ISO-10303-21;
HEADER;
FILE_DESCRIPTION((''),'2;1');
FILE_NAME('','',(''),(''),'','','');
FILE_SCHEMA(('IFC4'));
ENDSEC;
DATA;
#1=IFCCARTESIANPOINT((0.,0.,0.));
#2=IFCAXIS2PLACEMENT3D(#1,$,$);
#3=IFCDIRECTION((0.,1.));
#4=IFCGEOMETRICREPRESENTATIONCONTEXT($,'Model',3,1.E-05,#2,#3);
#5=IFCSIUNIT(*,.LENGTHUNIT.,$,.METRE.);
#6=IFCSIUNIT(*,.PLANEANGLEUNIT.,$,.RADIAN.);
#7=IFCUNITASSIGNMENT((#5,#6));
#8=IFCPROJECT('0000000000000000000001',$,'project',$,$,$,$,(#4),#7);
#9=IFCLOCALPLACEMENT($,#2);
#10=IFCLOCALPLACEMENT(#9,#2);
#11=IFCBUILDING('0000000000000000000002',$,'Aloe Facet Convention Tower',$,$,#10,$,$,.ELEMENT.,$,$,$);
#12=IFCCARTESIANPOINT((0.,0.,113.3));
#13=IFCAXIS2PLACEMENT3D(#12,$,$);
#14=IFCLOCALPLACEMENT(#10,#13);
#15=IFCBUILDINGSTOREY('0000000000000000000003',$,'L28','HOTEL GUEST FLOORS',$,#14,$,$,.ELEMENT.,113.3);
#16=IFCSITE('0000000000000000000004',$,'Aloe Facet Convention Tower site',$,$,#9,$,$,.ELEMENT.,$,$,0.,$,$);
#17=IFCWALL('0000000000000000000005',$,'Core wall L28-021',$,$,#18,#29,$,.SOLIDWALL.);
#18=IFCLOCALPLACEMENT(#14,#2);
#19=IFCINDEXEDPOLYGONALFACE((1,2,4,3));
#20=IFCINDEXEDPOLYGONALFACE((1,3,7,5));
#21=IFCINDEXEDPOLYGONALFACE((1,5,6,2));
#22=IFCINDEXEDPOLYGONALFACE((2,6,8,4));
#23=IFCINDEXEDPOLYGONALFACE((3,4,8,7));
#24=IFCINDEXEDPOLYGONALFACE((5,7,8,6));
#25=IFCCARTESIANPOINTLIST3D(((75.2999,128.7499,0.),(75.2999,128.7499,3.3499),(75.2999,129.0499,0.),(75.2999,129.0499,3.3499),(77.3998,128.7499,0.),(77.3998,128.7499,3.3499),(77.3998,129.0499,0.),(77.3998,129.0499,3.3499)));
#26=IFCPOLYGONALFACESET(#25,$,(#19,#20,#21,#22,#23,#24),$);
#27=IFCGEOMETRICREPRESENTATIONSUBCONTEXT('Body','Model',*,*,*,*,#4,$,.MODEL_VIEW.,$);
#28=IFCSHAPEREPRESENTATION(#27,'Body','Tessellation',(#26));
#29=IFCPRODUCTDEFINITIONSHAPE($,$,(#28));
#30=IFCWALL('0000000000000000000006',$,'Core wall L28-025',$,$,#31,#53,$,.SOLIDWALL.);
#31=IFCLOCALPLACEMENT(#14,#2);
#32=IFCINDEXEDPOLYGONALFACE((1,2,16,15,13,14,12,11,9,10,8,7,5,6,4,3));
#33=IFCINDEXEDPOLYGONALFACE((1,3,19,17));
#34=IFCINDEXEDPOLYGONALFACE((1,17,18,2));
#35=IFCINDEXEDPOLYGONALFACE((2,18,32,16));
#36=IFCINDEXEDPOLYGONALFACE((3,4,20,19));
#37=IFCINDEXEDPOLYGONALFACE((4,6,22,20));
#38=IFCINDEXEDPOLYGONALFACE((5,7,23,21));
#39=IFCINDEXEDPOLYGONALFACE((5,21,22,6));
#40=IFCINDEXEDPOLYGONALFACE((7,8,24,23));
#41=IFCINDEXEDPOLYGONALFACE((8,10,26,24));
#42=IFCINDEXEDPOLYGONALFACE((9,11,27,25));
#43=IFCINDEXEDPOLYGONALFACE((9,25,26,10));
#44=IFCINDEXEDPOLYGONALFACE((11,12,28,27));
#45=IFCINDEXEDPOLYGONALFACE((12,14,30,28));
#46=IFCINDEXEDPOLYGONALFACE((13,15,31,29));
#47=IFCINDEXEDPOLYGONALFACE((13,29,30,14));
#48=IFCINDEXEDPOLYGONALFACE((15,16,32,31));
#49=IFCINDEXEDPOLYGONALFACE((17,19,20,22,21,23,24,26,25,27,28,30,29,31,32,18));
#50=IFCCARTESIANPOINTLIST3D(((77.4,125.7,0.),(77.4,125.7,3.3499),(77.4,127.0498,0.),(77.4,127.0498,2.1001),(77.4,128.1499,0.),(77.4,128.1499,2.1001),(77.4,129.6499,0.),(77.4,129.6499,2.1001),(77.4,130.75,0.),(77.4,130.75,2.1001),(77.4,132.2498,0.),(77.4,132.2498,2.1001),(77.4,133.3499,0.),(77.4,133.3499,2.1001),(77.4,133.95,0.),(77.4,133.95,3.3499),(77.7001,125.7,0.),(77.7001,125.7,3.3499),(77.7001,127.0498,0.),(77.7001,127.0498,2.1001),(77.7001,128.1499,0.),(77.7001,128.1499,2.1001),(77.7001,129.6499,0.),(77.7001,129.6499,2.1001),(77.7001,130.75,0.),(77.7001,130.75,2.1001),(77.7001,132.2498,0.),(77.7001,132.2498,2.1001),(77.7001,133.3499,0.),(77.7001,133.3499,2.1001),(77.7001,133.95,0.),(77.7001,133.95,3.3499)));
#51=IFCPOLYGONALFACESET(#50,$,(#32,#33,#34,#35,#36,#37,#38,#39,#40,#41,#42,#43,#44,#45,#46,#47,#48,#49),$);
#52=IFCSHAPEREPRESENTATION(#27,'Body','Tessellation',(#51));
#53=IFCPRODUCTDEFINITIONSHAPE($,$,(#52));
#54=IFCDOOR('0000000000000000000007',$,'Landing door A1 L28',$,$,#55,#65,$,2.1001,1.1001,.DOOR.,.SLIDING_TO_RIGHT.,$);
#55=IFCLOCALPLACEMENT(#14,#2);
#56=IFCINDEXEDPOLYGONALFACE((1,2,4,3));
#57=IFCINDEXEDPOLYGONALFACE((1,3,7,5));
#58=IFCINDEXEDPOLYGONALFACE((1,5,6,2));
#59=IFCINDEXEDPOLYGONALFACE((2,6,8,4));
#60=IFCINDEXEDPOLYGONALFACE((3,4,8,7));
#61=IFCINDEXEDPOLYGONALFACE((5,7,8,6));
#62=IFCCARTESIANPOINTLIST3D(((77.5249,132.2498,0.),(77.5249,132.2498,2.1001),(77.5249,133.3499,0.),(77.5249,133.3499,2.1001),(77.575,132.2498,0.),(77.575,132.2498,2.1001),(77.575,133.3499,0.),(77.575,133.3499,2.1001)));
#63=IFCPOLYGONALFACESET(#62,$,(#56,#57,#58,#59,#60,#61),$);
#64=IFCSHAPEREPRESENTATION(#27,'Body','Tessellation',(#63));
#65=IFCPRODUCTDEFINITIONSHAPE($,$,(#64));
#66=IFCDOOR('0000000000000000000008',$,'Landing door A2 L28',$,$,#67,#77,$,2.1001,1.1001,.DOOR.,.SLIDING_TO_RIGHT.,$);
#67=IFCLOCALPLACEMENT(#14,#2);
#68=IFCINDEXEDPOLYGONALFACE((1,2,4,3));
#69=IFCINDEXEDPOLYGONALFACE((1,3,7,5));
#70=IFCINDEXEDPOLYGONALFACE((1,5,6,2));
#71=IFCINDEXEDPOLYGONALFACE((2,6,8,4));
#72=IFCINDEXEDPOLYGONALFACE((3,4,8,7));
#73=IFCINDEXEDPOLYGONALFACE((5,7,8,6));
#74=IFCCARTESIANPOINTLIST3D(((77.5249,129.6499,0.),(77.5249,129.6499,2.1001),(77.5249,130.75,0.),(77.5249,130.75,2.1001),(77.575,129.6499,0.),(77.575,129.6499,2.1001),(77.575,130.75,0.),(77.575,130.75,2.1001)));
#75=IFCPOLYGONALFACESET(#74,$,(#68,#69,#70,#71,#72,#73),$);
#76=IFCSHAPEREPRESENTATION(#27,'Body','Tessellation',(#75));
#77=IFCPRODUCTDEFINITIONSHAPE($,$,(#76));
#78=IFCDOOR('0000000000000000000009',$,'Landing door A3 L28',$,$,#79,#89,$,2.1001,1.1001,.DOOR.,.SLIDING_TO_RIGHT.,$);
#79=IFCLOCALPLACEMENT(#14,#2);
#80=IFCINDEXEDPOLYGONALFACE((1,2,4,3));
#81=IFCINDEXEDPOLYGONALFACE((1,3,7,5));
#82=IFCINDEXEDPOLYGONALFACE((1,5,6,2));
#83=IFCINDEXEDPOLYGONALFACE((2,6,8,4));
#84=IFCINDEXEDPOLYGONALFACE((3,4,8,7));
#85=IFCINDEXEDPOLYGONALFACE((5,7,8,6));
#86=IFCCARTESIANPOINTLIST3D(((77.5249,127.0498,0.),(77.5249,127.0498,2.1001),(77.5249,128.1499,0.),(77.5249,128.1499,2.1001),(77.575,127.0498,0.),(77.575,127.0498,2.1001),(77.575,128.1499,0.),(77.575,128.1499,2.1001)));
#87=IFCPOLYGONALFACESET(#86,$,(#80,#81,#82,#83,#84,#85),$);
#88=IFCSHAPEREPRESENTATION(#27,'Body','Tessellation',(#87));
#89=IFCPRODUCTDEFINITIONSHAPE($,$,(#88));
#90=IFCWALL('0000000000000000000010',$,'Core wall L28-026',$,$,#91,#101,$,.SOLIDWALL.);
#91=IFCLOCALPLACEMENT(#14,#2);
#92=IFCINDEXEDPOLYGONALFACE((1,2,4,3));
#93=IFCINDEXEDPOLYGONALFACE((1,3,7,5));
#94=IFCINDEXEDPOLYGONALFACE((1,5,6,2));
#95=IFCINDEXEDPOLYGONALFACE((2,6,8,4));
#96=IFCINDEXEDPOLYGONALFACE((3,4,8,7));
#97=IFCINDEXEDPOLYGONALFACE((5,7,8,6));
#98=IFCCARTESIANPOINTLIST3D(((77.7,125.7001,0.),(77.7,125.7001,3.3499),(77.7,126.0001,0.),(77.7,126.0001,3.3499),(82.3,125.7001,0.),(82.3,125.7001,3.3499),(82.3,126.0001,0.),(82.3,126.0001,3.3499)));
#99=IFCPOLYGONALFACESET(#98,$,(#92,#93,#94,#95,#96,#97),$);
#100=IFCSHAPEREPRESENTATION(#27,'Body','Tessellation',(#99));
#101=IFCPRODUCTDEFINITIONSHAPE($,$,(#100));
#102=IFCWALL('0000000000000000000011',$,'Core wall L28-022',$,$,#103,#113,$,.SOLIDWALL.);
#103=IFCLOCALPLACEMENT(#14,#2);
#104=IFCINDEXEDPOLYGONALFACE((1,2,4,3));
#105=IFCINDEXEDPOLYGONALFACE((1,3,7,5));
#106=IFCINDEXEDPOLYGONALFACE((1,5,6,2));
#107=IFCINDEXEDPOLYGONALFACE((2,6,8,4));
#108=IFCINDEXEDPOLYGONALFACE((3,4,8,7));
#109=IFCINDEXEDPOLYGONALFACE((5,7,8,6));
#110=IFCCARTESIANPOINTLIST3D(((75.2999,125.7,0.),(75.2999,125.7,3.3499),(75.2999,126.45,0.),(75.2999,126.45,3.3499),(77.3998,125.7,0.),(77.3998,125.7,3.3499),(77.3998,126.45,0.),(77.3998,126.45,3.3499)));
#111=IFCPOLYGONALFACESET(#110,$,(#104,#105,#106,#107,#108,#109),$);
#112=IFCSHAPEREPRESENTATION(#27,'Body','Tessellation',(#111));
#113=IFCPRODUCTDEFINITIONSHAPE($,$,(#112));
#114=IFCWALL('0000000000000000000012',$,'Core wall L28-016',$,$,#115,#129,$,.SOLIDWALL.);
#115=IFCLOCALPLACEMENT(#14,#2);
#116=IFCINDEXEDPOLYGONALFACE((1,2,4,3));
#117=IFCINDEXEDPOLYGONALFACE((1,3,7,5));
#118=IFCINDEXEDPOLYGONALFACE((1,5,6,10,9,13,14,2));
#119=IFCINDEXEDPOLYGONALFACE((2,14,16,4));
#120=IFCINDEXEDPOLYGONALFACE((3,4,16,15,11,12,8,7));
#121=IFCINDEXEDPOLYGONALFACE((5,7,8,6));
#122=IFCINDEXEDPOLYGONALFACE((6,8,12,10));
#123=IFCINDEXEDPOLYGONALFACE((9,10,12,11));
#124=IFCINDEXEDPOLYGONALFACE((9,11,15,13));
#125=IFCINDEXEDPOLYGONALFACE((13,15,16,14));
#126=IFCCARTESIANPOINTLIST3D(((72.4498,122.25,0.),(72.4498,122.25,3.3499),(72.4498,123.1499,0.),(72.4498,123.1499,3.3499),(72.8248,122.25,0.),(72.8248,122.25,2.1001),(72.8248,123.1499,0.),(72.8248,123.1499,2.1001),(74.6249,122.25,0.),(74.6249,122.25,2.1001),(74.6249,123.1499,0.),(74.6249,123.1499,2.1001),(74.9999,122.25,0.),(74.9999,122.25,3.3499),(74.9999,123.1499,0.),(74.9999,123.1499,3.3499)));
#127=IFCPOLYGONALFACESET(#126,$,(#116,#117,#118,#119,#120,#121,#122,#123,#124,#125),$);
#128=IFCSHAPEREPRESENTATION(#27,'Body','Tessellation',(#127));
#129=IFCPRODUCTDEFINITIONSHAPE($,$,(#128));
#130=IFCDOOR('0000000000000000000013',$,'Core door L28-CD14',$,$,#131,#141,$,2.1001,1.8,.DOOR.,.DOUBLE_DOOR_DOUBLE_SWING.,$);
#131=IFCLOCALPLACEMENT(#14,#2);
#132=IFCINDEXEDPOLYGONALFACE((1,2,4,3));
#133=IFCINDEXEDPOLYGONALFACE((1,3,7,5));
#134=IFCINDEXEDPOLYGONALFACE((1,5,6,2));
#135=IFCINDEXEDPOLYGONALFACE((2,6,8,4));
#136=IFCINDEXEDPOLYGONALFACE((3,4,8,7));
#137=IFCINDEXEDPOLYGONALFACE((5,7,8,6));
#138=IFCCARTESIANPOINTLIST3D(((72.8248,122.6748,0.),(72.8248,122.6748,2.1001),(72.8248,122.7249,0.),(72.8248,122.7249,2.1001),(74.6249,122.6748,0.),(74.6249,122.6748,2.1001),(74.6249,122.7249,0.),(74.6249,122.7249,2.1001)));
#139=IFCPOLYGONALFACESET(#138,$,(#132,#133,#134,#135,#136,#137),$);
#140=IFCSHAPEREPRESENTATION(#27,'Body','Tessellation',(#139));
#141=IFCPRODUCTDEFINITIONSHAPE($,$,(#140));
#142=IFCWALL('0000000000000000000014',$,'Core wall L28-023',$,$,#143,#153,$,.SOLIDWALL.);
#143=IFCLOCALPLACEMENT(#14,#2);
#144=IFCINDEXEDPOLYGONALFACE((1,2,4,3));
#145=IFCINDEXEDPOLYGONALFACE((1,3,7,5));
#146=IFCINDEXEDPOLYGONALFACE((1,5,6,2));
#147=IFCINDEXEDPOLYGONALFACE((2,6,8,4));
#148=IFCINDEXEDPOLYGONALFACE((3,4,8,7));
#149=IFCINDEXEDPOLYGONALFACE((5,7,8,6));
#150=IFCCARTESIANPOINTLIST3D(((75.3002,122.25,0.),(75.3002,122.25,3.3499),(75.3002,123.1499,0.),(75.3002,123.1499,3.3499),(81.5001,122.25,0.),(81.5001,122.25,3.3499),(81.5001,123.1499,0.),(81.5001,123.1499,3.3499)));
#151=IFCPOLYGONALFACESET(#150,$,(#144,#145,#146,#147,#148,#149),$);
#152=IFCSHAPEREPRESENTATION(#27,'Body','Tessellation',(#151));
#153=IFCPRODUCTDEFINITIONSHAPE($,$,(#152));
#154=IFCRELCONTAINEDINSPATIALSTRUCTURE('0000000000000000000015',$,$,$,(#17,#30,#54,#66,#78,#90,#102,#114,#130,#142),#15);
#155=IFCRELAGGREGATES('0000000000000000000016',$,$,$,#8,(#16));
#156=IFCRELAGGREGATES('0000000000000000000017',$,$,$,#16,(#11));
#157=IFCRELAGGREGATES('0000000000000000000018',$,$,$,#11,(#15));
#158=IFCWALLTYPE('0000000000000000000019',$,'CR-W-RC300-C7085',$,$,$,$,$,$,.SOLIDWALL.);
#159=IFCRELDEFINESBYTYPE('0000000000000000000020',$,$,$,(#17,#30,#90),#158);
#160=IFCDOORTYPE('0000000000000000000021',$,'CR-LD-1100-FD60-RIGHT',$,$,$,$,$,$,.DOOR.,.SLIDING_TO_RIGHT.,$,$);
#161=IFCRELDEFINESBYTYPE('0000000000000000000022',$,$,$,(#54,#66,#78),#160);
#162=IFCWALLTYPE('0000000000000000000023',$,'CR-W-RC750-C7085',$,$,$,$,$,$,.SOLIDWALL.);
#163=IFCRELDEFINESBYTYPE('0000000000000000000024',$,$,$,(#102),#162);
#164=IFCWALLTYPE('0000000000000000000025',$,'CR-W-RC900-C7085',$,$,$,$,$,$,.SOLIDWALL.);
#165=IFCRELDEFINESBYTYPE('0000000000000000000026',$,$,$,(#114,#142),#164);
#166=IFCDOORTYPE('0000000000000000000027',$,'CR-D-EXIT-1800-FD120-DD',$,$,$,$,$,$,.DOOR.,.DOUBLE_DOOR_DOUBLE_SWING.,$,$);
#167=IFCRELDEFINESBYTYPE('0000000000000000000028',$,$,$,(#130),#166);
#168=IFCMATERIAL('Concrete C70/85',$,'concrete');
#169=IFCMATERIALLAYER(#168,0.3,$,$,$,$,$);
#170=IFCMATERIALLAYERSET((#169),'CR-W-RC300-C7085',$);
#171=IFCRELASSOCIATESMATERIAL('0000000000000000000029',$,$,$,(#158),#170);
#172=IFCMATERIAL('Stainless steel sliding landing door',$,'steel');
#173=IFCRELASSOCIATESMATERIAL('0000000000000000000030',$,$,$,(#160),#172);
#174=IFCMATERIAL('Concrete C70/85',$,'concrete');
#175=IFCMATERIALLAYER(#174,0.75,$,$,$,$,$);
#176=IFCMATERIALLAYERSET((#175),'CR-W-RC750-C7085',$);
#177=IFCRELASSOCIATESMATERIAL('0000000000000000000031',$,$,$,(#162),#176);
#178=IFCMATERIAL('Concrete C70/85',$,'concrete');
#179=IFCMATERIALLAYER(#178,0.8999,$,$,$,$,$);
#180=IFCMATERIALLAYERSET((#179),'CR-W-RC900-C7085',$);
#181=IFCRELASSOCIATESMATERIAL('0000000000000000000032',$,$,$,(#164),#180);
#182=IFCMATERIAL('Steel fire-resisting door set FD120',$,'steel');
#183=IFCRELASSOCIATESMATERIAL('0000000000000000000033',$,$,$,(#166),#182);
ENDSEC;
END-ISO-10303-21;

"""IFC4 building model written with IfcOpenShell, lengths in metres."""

from ifc_helpers import new_model, si_unit, direction, frame, frame_2d, origin, place, context, subcontext, project, spatial, rectangle, extrude, material, layer, layer_set, type_object, element, fill, save


model = new_model("IFC4")

# Units and contexts
model_context = context("Model", 3, precision=1e-05, world=origin(), true_north=direction((0.0, 1.0)))
body_context = subcontext(model_context, "Body", "Model", "MODEL_VIEW")
ifc_project = project(units=[si_unit("LENGTHUNIT", "METRE"), si_unit("PLANEANGLEUNIT", "RADIAN")], contexts=[model_context])

# Site, building, storey
site_placement = place(None, origin())
site = spatial("IfcSite", under=ifc_project, at=site_placement, Name="Aloe Facet Convention Tower site", CompositionType="ELEMENT", RefElevation=0.0)
building_placement = place(site_placement, origin())
building = spatial("IfcBuilding", under=site, at=building_placement, Name="Aloe Facet Convention Tower", CompositionType="ELEMENT")
storey_placement = place(building_placement, frame((0.0, 0.0, 113.3)))
storey = spatial("IfcBuildingStorey", under=building, at=storey_placement, Name="L28", Description="HOTEL GUEST FLOORS", CompositionType="ELEMENT", Elevation=113.3)

# Shared definitions
ifc_material_1 = material(Name="Concrete C70/85", Category="concrete")
ifc_layer_1 = layer(ifc_material_1, 0.3)
ifc_layer_set_1 = layer_set([ifc_layer_1], Name="CR-W-RC300-C7085")
wall_type_1 = type_object("IfcWallType", Name="CR-W-RC300-C7085", PredefinedType="SOLIDWALL", material=ifc_layer_set_1)

# Wall
for number, where, z_axis, x_axis, name in (
    (1, (75.3, 128.8999, 0.0), (0.0, 0.0, 1.0), (1.0, 0.0, 0.0), "Core wall L28-021"),
):
    element("IfcWall", number, at=place(storey_placement, frame(where, z_axis=z_axis, x_axis=x_axis)), inside=storey, type_object=wall_type_1, Name=name, PredefinedType="SOLIDWALL", context=body_context, shape_type="SweptSolid", body=[
        extrude(rectangle(XDim=2.0999, YDim=0.3, at=frame_2d((1.0498, 0.0))), origin(), (0.0, 0.0, 1.0), 3.3499),
    ])

# Wall, openings, doors
wall_1_placement = place(storey_placement, frame((77.55, 133.95, 0.0), z_axis=(0.0, 0.0, 1.0), x_axis=(0.0, -1.0, 0.0)))
wall_1 = element("IfcWall", 2, at=wall_1_placement, inside=storey, type_object=wall_type_1, Name="Core wall L28-025", PredefinedType="SOLIDWALL", context=body_context, shape_type="SweptSolid", body=[
    extrude(rectangle(XDim=8.25, YDim=0.3, at=frame_2d((4.125, 0.0))), origin(), (0.0, 0.0, 1.0), 3.3499),
])
opening_1_placement = place(wall_1_placement, frame((0.6001, 0.0, 0.0)))
opening_1 = element("IfcOpeningElement", 3, at=opening_1_placement, cuts=wall_1, PredefinedType="OPENING", context=body_context, shape_type="SweptSolid", body=[
    extrude(rectangle(XDim=1.1001, YDim=2.1001, at=frame_2d((0.55, 1.05))), frame((0.0, 0.1602, 0.0), z_axis=(0.0, -1.0, 0.0), x_axis=(1.0, 0.0, 0.0)), (0.0, 0.0, 1.0), 0.3201),
])
opening_2_placement = place(wall_1_placement, frame((3.2, 0.0, 0.0)))
opening_2 = element("IfcOpeningElement", 4, at=opening_2_placement, cuts=wall_1, PredefinedType="OPENING", context=body_context, shape_type="SweptSolid", body=[
    extrude(rectangle(XDim=1.1001, YDim=2.1001, at=frame_2d((0.55, 1.05))), frame((0.0, 0.1602, 0.0), z_axis=(0.0, -1.0, 0.0), x_axis=(1.0, 0.0, 0.0)), (0.0, 0.0, 1.0), 0.3201),
])
opening_3_placement = place(wall_1_placement, frame((5.8, 0.0, 0.0)))
opening_3 = element("IfcOpeningElement", 5, at=opening_3_placement, cuts=wall_1, PredefinedType="OPENING", context=body_context, shape_type="SweptSolid", body=[
    extrude(rectangle(XDim=1.1001, YDim=2.1001, at=frame_2d((0.55, 1.05))), frame((0.0, 0.1602, 0.0), z_axis=(0.0, -1.0, 0.0), x_axis=(1.0, 0.0, 0.0)), (0.0, 0.0, 1.0), 0.3201),
])
ifc_material_2 = material(Name="Stainless steel sliding landing door", Category="steel")
door_type_1 = type_object("IfcDoorType", Name="CR-LD-1100-FD60-RIGHT", OperationType="SLIDING_TO_RIGHT", PredefinedType="DOOR", material=ifc_material_2)
door_1_placement = place(opening_1_placement, origin())
door_1 = element("IfcDoor", 6, at=door_1_placement, inside=storey, type_object=door_type_1, Name="Landing door A1 L28", OperationType="SLIDING_TO_RIGHT", OverallHeight=2.1001, OverallWidth=1.1001, PredefinedType="DOOR", context=body_context, shape_type="SweptSolid", body=[
    extrude(rectangle(XDim=1.1001, YDim=2.1001, at=frame_2d((0.55, 1.05))), frame((0.0, 0.0249, 0.0), z_axis=(0.0, -1.0, 0.0), x_axis=(1.0, 0.0, 0.0)), (0.0, 0.0, 1.0), 0.05),
])
fill(opening_1, door_1)
door_2_placement = place(opening_2_placement, origin())
door_2 = element("IfcDoor", 7, at=door_2_placement, inside=storey, type_object=door_type_1, Name="Landing door A2 L28", OperationType="SLIDING_TO_RIGHT", OverallHeight=2.1001, OverallWidth=1.1001, PredefinedType="DOOR", context=body_context, shape_type="SweptSolid", body=[
    extrude(rectangle(XDim=1.1001, YDim=2.1001, at=frame_2d((0.55, 1.05))), frame((0.0, 0.0249, 0.0), z_axis=(0.0, -1.0, 0.0), x_axis=(1.0, 0.0, 0.0)), (0.0, 0.0, 1.0), 0.05),
])
fill(opening_2, door_2)
door_3_placement = place(opening_3_placement, origin())
door_3 = element("IfcDoor", 8, at=door_3_placement, inside=storey, type_object=door_type_1, Name="Landing door A3 L28", OperationType="SLIDING_TO_RIGHT", OverallHeight=2.1001, OverallWidth=1.1001, PredefinedType="DOOR", context=body_context, shape_type="SweptSolid", body=[
    extrude(rectangle(XDim=1.1001, YDim=2.1001, at=frame_2d((0.55, 1.05))), frame((0.0, 0.0249, 0.0), z_axis=(0.0, -1.0, 0.0), x_axis=(1.0, 0.0, 0.0)), (0.0, 0.0, 1.0), 0.05),
])
fill(opening_3, door_3)

# Walls
wall_2_placement = place(storey_placement, frame((77.7, 125.8501, 0.0), z_axis=(0.0, 0.0, 1.0), x_axis=(1.0, 0.0, 0.0)))
element("IfcWall", 9, at=wall_2_placement, inside=storey, type_object=wall_type_1, Name="Core wall L28-026", PredefinedType="SOLIDWALL", context=body_context, shape_type="SweptSolid", body=[
    extrude(rectangle(XDim=4.6001, YDim=0.3, at=frame_2d((2.3, 0.0))), origin(), (0.0, 0.0, 1.0), 3.3499),
])
ifc_material_3 = material(Name="Concrete C70/85", Category="concrete")
ifc_layer_2 = layer(ifc_material_3, 0.75)
ifc_layer_set_2 = layer_set([ifc_layer_2], Name="CR-W-RC750-C7085")
wall_type_2 = type_object("IfcWallType", Name="CR-W-RC750-C7085", PredefinedType="SOLIDWALL", material=ifc_layer_set_2)
wall_3_placement = place(storey_placement, frame((75.3, 126.075, 0.0), z_axis=(0.0, 0.0, 1.0), x_axis=(1.0, 0.0, 0.0)))
element("IfcWall", 10, at=wall_3_placement, inside=storey, type_object=wall_type_2, Name="Core wall L28-022", PredefinedType="SOLIDWALL", context=body_context, shape_type="SweptSolid", body=[
    extrude(rectangle(XDim=2.0999, YDim=0.75, at=frame_2d((1.0498, 0.0))), origin(), (0.0, 0.0, 1.0), 3.3499),
])

# Wall, opening, door
ifc_material_4 = material(Name="Concrete C70/85", Category="concrete")
ifc_layer_3 = layer(ifc_material_4, 0.8999)
ifc_layer_set_3 = layer_set([ifc_layer_3], Name="CR-W-RC900-C7085")
wall_type_3 = type_object("IfcWallType", Name="CR-W-RC900-C7085", PredefinedType="SOLIDWALL", material=ifc_layer_set_3)
wall_4_placement = place(storey_placement, frame((72.45, 122.7, 0.0), z_axis=(0.0, 0.0, 1.0), x_axis=(1.0, 0.0, 0.0)))
wall_4 = element("IfcWall", 11, at=wall_4_placement, inside=storey, type_object=wall_type_3, Name="Core wall L28-016", PredefinedType="SOLIDWALL", context=body_context, shape_type="SweptSolid", body=[
    extrude(rectangle(XDim=2.55, YDim=0.8999, at=frame_2d((1.2749, 0.0))), origin(), (0.0, 0.0, 1.0), 3.3499),
])
opening_4_placement = place(wall_4_placement, frame((0.375, 0.0, 0.0)))
opening_4 = element("IfcOpeningElement", 12, at=opening_4_placement, cuts=wall_4, PredefinedType="OPENING", context=body_context, shape_type="SweptSolid", body=[
    extrude(rectangle(XDim=1.8, YDim=2.1001, at=frame_2d((0.8999, 1.05))), frame((0.0, 0.46, 0.0), z_axis=(0.0, -1.0, 0.0), x_axis=(1.0, 0.0, 0.0)), (0.0, 0.0, 1.0), 0.9199),
])
ifc_material_5 = material(Name="Steel fire-resisting door set FD120", Category="steel")
door_type_2 = type_object("IfcDoorType", Name="CR-D-EXIT-1800-FD120-DD", OperationType="DOUBLE_DOOR_DOUBLE_SWING", PredefinedType="DOOR", material=ifc_material_5)
door_4_placement = place(opening_4_placement, origin())
door_4 = element("IfcDoor", 13, at=door_4_placement, inside=storey, type_object=door_type_2, Name="Core door L28-CD14", OperationType="DOUBLE_DOOR_DOUBLE_SWING", OverallHeight=2.1001, OverallWidth=1.8, PredefinedType="DOOR", context=body_context, shape_type="SweptSolid", body=[
    extrude(rectangle(XDim=1.8, YDim=2.1001, at=frame_2d((0.8999, 1.05))), frame((0.0, 0.0249, 0.0), z_axis=(0.0, -1.0, 0.0), x_axis=(1.0, 0.0, 0.0)), (0.0, 0.0, 1.0), 0.05),
])
fill(opening_4, door_4)

# Wall
wall_5_placement = place(storey_placement, frame((75.3, 122.7, 0.0), z_axis=(0.0, 0.0, 1.0), x_axis=(1.0, 0.0, 0.0)))
element("IfcWall", 14, at=wall_5_placement, inside=storey, type_object=wall_type_3, Name="Core wall L28-023", PredefinedType="SOLIDWALL", context=body_context, shape_type="SweptSolid", body=[
    extrude(rectangle(XDim=6.2, YDim=0.8999, at=frame_2d((3.1001, 0.0))), origin(), (0.0, 0.0, 1.0), 3.3499),
])

save(model, "model.ifc")
